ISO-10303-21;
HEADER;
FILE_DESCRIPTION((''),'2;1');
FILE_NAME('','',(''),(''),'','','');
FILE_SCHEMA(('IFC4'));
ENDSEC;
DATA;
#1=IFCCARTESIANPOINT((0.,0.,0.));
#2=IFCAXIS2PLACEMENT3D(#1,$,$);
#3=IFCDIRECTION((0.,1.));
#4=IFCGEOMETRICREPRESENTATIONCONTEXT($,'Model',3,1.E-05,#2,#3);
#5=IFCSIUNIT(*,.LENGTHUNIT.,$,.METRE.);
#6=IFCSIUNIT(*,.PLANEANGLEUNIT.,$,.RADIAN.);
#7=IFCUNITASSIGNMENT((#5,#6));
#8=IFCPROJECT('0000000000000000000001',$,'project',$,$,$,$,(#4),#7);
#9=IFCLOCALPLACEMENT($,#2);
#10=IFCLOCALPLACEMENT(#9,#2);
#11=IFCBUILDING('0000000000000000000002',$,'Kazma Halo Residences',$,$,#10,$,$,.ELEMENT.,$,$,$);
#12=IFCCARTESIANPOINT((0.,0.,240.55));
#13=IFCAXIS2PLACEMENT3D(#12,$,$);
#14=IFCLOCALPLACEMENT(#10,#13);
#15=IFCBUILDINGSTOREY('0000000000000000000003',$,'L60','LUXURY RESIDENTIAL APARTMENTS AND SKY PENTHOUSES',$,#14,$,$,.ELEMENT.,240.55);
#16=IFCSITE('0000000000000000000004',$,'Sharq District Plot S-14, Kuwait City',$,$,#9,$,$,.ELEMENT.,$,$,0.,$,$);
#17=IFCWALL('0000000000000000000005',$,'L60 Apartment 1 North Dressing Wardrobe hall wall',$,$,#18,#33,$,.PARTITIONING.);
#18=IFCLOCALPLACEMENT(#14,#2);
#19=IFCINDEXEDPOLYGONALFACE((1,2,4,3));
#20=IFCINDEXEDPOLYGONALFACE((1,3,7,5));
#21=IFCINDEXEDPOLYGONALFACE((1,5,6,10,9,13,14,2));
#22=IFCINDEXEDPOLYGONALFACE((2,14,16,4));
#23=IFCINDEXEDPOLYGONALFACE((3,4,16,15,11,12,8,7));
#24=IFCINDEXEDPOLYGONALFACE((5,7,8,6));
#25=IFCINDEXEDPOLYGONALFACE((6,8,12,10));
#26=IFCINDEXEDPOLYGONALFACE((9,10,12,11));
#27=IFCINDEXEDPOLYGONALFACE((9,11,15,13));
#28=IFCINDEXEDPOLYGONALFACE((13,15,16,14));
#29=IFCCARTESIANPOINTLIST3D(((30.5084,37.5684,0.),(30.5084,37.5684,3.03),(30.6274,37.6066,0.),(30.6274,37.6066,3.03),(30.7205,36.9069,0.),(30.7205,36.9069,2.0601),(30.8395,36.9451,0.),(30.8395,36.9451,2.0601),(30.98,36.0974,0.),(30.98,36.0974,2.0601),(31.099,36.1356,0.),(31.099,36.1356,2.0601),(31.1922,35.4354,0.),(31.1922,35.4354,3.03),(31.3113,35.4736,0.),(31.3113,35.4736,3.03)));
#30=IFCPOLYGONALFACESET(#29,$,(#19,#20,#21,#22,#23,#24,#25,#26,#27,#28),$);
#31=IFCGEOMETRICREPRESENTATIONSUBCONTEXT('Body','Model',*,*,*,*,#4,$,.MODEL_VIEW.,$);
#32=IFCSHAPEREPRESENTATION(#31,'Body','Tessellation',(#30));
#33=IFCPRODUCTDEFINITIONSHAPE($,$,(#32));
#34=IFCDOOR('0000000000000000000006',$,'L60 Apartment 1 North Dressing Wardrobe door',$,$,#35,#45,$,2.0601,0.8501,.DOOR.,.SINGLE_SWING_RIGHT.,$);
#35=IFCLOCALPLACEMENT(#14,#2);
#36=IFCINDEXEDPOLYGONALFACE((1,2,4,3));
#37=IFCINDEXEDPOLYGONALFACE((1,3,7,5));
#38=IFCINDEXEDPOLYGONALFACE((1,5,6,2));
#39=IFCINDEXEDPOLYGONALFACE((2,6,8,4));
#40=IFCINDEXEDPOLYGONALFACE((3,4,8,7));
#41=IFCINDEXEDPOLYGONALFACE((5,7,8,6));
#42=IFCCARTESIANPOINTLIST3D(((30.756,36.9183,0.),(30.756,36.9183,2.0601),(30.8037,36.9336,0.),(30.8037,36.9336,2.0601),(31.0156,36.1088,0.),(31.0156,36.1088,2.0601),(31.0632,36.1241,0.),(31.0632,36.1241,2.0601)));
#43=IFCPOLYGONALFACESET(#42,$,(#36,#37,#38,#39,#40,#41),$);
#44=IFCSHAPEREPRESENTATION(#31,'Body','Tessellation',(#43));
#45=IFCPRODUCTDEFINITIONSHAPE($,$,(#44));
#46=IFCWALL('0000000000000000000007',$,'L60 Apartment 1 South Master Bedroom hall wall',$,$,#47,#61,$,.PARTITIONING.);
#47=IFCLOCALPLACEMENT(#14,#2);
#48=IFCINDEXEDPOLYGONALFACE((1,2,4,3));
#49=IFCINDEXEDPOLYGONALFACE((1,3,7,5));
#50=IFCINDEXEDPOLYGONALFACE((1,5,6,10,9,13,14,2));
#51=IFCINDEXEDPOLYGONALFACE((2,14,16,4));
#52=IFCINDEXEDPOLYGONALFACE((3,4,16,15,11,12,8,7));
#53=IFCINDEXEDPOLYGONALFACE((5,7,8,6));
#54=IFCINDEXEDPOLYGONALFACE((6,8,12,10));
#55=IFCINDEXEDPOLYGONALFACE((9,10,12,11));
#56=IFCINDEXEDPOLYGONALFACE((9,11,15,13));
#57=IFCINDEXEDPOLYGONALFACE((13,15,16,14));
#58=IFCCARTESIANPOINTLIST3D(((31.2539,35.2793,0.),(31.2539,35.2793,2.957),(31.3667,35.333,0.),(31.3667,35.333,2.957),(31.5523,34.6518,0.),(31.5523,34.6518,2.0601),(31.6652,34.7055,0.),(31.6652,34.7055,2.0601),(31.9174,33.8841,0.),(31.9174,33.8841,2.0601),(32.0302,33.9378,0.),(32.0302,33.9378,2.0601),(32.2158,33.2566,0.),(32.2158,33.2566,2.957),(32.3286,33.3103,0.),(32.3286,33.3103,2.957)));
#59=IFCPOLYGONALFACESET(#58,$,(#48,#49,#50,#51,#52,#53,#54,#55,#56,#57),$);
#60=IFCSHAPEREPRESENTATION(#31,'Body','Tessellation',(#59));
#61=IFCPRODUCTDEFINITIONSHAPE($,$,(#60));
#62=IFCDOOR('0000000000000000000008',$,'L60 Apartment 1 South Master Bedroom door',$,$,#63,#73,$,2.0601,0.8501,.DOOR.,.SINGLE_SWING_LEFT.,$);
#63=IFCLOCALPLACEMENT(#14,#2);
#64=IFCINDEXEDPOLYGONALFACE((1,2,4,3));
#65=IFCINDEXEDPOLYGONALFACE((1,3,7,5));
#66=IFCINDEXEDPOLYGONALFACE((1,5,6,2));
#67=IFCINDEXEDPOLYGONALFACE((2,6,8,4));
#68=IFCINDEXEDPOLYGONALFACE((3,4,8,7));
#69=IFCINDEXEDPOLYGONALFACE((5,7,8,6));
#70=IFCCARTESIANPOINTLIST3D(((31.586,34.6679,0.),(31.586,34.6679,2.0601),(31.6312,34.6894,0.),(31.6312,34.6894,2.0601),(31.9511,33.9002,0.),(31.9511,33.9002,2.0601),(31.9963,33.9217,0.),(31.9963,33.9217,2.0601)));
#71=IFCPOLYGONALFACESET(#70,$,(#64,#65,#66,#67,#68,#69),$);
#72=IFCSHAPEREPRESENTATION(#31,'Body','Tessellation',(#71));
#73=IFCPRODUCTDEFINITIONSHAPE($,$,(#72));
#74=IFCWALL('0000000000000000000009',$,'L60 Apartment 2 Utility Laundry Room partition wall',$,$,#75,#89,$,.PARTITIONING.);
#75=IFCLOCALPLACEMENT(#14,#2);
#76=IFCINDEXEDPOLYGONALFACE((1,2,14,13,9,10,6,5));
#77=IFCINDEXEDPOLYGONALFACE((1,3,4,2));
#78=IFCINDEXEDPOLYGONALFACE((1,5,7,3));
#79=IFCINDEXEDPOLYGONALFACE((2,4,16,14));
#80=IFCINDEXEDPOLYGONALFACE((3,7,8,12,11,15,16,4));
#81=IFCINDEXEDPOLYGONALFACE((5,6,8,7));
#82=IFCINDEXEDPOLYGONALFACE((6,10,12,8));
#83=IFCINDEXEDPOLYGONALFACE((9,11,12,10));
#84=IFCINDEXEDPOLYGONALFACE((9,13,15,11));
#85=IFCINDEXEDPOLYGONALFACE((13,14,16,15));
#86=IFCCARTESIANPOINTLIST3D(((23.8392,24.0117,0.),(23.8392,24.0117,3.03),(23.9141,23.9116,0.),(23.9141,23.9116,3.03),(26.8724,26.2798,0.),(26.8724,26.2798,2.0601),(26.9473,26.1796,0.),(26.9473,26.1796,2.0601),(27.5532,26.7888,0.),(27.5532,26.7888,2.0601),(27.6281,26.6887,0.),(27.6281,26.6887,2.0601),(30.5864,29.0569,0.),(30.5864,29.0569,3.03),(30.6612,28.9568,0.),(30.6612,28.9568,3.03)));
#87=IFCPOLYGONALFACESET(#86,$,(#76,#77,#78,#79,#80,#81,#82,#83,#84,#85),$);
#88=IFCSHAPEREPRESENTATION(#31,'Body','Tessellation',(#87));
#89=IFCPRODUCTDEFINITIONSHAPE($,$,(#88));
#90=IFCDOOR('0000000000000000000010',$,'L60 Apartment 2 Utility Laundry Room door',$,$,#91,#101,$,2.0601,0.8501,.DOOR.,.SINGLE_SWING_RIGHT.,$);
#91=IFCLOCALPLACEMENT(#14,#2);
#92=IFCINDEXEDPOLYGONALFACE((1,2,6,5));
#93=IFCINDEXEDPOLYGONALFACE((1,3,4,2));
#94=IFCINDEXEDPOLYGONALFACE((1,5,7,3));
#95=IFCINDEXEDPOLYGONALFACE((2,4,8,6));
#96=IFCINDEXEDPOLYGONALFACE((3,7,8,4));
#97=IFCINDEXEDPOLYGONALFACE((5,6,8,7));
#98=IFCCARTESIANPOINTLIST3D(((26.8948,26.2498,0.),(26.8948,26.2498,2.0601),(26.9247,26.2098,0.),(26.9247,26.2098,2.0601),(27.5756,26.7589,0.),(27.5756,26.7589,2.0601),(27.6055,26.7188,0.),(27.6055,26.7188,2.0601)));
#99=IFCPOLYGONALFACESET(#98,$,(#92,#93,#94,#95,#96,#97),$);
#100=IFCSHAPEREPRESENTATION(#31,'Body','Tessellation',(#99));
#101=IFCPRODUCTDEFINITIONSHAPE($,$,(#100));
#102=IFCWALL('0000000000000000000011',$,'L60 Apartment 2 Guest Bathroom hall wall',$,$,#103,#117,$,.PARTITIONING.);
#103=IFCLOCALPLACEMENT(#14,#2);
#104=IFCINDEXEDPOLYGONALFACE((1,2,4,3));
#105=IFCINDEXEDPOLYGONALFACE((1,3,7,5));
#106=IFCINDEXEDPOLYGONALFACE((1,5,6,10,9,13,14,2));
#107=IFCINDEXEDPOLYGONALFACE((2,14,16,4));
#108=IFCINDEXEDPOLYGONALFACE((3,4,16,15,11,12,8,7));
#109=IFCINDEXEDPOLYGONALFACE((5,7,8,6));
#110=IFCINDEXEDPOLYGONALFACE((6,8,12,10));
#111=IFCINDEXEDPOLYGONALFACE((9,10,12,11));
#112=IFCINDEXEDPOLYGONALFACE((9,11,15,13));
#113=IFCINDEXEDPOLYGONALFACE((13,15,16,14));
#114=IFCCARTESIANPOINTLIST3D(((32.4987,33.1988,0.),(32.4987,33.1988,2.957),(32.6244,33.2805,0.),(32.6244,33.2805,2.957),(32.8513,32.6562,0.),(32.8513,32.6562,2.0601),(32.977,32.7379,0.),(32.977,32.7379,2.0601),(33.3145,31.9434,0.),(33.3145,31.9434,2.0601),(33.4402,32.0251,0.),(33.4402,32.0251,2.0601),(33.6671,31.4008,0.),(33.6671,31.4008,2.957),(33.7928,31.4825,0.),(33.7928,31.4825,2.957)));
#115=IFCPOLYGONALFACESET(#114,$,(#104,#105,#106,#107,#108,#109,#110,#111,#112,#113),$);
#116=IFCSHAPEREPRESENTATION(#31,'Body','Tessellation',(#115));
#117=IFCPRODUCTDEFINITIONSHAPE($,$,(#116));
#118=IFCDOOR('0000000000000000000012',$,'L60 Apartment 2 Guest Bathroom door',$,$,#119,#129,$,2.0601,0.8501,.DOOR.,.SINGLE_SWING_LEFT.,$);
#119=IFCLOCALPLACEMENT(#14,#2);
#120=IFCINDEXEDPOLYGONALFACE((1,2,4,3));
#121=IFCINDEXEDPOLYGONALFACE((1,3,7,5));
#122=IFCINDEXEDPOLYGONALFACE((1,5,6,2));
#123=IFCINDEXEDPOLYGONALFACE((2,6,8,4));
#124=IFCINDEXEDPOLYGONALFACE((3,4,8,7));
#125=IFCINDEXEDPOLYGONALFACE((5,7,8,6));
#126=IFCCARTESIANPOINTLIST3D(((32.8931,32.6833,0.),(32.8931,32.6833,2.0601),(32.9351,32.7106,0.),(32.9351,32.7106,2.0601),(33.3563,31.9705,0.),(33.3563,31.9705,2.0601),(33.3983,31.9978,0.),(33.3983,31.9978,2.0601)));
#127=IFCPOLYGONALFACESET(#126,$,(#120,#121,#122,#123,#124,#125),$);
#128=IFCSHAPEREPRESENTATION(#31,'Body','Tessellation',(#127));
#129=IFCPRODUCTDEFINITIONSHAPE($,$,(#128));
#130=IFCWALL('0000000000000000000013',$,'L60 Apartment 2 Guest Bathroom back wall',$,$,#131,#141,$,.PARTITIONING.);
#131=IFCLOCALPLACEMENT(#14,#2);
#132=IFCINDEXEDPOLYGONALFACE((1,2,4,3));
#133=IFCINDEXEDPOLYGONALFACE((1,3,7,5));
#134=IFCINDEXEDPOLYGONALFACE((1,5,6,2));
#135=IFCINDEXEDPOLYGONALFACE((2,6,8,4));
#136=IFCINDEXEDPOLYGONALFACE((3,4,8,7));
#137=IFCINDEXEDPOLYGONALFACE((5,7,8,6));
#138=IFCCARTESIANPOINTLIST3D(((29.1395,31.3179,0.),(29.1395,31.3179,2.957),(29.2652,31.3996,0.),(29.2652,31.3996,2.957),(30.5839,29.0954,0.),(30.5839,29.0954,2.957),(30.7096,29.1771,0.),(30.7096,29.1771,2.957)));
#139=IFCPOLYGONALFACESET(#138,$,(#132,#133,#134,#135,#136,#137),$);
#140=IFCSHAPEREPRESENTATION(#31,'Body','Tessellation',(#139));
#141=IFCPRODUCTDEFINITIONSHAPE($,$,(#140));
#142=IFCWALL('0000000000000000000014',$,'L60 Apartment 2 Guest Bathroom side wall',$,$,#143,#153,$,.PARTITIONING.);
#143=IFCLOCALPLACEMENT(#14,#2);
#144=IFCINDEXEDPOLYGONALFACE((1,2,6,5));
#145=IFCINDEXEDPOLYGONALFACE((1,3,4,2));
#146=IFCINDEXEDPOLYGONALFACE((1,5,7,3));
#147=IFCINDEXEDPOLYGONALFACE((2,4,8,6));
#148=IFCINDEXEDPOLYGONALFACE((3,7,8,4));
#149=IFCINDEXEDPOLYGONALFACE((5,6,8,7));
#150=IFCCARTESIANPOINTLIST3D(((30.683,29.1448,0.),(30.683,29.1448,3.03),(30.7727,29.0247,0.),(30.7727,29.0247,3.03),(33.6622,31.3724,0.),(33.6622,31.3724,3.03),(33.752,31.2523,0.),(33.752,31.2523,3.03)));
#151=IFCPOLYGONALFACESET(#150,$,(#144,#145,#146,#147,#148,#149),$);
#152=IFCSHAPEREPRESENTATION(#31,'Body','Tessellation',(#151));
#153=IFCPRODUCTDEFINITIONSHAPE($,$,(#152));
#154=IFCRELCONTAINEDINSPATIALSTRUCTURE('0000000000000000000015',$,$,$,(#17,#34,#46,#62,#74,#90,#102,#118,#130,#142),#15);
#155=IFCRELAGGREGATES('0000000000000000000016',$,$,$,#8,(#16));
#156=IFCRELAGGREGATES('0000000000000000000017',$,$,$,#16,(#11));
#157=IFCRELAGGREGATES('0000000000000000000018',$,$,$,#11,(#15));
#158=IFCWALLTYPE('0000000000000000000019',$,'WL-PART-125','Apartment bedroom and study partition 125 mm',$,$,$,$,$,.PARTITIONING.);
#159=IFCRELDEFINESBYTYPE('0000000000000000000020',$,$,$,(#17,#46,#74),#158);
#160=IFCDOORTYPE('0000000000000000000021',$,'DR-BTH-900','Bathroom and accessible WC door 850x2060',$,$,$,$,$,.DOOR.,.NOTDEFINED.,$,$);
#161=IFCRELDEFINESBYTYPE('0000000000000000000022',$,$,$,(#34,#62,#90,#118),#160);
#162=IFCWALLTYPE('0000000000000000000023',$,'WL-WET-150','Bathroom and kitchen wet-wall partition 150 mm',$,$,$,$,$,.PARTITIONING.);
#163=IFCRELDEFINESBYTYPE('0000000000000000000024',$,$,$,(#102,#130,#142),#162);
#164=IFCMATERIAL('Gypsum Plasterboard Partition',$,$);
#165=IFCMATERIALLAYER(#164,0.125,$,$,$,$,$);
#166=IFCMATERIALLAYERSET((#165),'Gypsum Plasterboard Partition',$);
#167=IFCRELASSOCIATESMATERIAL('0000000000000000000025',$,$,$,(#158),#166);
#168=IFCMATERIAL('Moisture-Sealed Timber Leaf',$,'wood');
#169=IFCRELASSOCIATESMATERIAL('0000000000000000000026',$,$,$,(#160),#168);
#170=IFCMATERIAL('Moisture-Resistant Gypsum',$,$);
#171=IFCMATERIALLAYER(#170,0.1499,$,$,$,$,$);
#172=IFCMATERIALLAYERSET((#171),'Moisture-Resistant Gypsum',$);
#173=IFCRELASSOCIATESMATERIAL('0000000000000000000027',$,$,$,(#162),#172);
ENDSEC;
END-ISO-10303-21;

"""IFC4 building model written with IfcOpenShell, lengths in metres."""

from ifc_helpers import new_model, si_unit, direction, frame, frame_2d, origin, place, context, subcontext, project, spatial, rectangle, extrude, material, layer, layer_set, type_object, element, fill, save


model = new_model("IFC4")

# Units and contexts
model_context = context("Model", 3, precision=1e-05, world=origin(), true_north=direction((0.0, 1.0)))
body_context = subcontext(model_context, "Body", "Model", "MODEL_VIEW")
ifc_project = project(units=[si_unit("LENGTHUNIT", "METRE"), si_unit("PLANEANGLEUNIT", "RADIAN")], contexts=[model_context])

# Site, building, storey
site_placement = place(None, origin())
site = spatial("IfcSite", under=ifc_project, at=site_placement, Name="Sharq District Plot S-14, Kuwait City", CompositionType="ELEMENT", RefElevation=0.0)
building_placement = place(site_placement, origin())
building = spatial("IfcBuilding", under=site, at=building_placement, Name="Kazma Halo Residences", CompositionType="ELEMENT")
storey_placement = place(building_placement, frame((0.0, 0.0, 240.55)))
storey = spatial("IfcBuildingStorey", under=building, at=storey_placement, Name="L60", Description="LUXURY RESIDENTIAL APARTMENTS AND SKY PENTHOUSES", CompositionType="ELEMENT", Elevation=240.55)

# Shared definitions
ifc_material_1 = material(Name="Gypsum Plasterboard Partition")
ifc_layer_1 = layer(ifc_material_1, 0.125)
ifc_layer_set_1 = layer_set([ifc_layer_1], Name="Gypsum Plasterboard Partition")
wall_type_1 = type_object("IfcWallType", Name="WL-PART-125", Description="Apartment bedroom and study partition 125 mm", PredefinedType="PARTITIONING", material=ifc_layer_set_1)

# Walls, openings, doors
ifc_material_2 = material(Name="Moisture-Sealed Timber Leaf", Category="wood")
door_type = type_object("IfcDoorType", Name="DR-BTH-900", Description="Bathroom and accessible WC door 850x2060", OperationType="NOTDEFINED", PredefinedType="DOOR", material=ifc_material_2)
wall_1_placement = place(storey_placement, frame((30.5679, 37.5876, 0.0), z_axis=(0.0, 0.0, 1.0), x_axis=(0.305286, -0.952261, 0.0)))
wall_1 = element("IfcWall", 1, at=wall_1_placement, inside=storey, type_object=wall_type_1, Name="L60 Apartment 1 North Dressing Wardrobe hall wall", PredefinedType="PARTITIONING", context=body_context, shape_type="SweptSolid", body=[
    extrude(rectangle(XDim=2.24, YDim=0.125, at=frame_2d((1.1201, 0.0))), origin(), (0.0, 0.0, 1.0), 3.03),
])
opening_1_placement = place(wall_1_placement, frame((0.6948, 0.0, 0.0)))
opening_1 = element("IfcOpeningElement", 2, at=opening_1_placement, cuts=wall_1, PredefinedType="OPENING", context=body_context, shape_type="SweptSolid", body=[
    extrude(rectangle(XDim=0.8501, YDim=2.0601, at=frame_2d((0.425, 1.03))), frame((0.0, 0.0725, 0.0), z_axis=(0.0, -1.0, 0.0), x_axis=(1.0, 0.0, 0.0)), (0.0, 0.0, 1.0), 0.145),
])
door_1_placement = place(opening_1_placement, origin())
door_1 = element("IfcDoor", 3, at=door_1_placement, inside=storey, type_object=door_type, Name="L60 Apartment 1 North Dressing Wardrobe door", OperationType="SINGLE_SWING_RIGHT", OverallHeight=2.0601, OverallWidth=0.8501, PredefinedType="DOOR", context=body_context, shape_type="SweptSolid", body=[
    extrude(rectangle(XDim=0.8501, YDim=2.0601, at=frame_2d((0.425, 1.03))), frame((0.0, 0.0249, 0.0), z_axis=(0.0, -1.0, 0.0), x_axis=(1.0, 0.0, 0.0)), (0.0, 0.0, 1.0), 0.05),
])
fill(opening_1, door_1)
wall_2_placement = place(storey_placement, frame((31.3103, 35.3062, 0.0), z_axis=(0.0, 0.0, 1.0), x_axis=(0.429468, -0.903082, 0.0)))
wall_2 = element("IfcWall", 4, at=wall_2_placement, inside=storey, type_object=wall_type_1, Name="L60 Apartment 1 South Master Bedroom hall wall", PredefinedType="PARTITIONING", context=body_context, shape_type="SweptSolid", body=[
    extrude(rectangle(XDim=2.2397, YDim=0.125, at=frame_2d((1.1199, 0.0))), origin(), (0.0, 0.0, 1.0), 2.957),
])
opening_2_placement = place(wall_2_placement, frame((0.6948, 0.0, 0.0)))
opening_2 = element("IfcOpeningElement", 5, at=opening_2_placement, cuts=wall_2, PredefinedType="OPENING", context=body_context, shape_type="SweptSolid", body=[
    extrude(rectangle(XDim=0.8501, YDim=2.0601, at=frame_2d((0.425, 1.03))), frame((0.0, 0.0725, 0.0), z_axis=(0.0, -1.0, 0.0), x_axis=(1.0, 0.0, 0.0)), (0.0, 0.0, 1.0), 0.145),
])
door_2_placement = place(opening_2_placement, origin())
door_2 = element("IfcDoor", 6, at=door_2_placement, inside=storey, type_object=door_type, Name="L60 Apartment 1 South Master Bedroom door", OperationType="SINGLE_SWING_LEFT", OverallHeight=2.0601, OverallWidth=0.8501, PredefinedType="DOOR", context=body_context, shape_type="SweptSolid", body=[
    extrude(rectangle(XDim=0.8501, YDim=2.0601, at=frame_2d((0.425, 1.03))), frame((0.0, 0.0249, 0.0), z_axis=(0.0, -1.0, 0.0), x_axis=(1.0, 0.0, 0.0)), (0.0, 0.0, 1.0), 0.05),
])
fill(opening_2, door_2)
wall_3_placement = place(storey_placement, frame((30.6238, 29.0068, 0.0), z_axis=(0.0, 0.0, 1.0), x_axis=(-0.800862, -0.598849, 0.0)))
wall_3 = element("IfcWall", 7, at=wall_3_placement, inside=storey, type_object=wall_type_1, Name="L60 Apartment 2 Utility Laundry Room partition wall", PredefinedType="PARTITIONING", context=body_context, shape_type="SweptSolid", body=[
    extrude(rectangle(XDim=8.4248, YDim=0.125, at=frame_2d((4.2124, 0.0))), origin(), (0.0, 0.0, 1.0), 3.03),
])
opening_3_placement = place(wall_3_placement, frame((3.7874, 0.0, 0.0)))
opening_3 = element("IfcOpeningElement", 8, at=opening_3_placement, cuts=wall_3, PredefinedType="OPENING", context=body_context, shape_type="SweptSolid", body=[
    extrude(rectangle(XDim=0.8501, YDim=2.0601, at=frame_2d((0.425, 1.03))), frame((0.0, 0.0725, 0.0), z_axis=(0.0, -1.0, 0.0), x_axis=(1.0, 0.0, 0.0)), (0.0, 0.0, 1.0), 0.145),
])
door_3_placement = place(opening_3_placement, origin())
door_3 = element("IfcDoor", 9, at=door_3_placement, inside=storey, type_object=door_type, Name="L60 Apartment 2 Utility Laundry Room door", OperationType="SINGLE_SWING_RIGHT", OverallHeight=2.0601, OverallWidth=0.8501, PredefinedType="DOOR", context=body_context, shape_type="SweptSolid", body=[
    extrude(rectangle(XDim=0.8501, YDim=2.0601, at=frame_2d((0.425, 1.03))), frame((0.0, 0.0249, 0.0), z_axis=(0.0, -1.0, 0.0), x_axis=(1.0, 0.0, 0.0)), (0.0, 0.0, 1.0), 0.05),
])
fill(opening_3, door_3)
ifc_material_3 = material(Name="Moisture-Resistant Gypsum")
ifc_layer_2 = layer(ifc_material_3, 0.1499)
ifc_layer_set_2 = layer_set([ifc_layer_2], Name="Moisture-Resistant Gypsum")
wall_type_2 = type_object("IfcWallType", Name="WL-WET-150", Description="Bathroom and kitchen wet-wall partition 150 mm", PredefinedType="PARTITIONING", material=ifc_layer_set_2)
wall_4_placement = place(storey_placement, frame((32.5615, 33.2397, 0.0), z_axis=(0.0, 0.0, 1.0), x_axis=(0.544888, -0.838509, 0.0)))
wall_4 = element("IfcWall", 10, at=wall_4_placement, inside=storey, type_object=wall_type_2, Name="L60 Apartment 2 Guest Bathroom hall wall", PredefinedType="PARTITIONING", context=body_context, shape_type="SweptSolid", body=[
    extrude(rectangle(XDim=2.1443, YDim=0.1499, at=frame_2d((1.0723, 0.0))), origin(), (0.0, 0.0, 1.0), 2.957),
])
opening_4_placement = place(wall_4_placement, frame((0.6472, 0.0, 0.0)))
opening_4 = element("IfcOpeningElement", 11, at=opening_4_placement, cuts=wall_4, PredefinedType="OPENING", context=body_context, shape_type="SweptSolid", body=[
    extrude(rectangle(XDim=0.8501, YDim=2.0601, at=frame_2d((0.425, 1.03))), frame((0.0, 0.085, 0.0), z_axis=(0.0, -1.0, 0.0), x_axis=(1.0, 0.0, 0.0)), (0.0, 0.0, 1.0), 0.1699),
])
door_4_placement = place(opening_4_placement, origin())
door_4 = element("IfcDoor", 12, at=door_4_placement, inside=storey, type_object=door_type, Name="L60 Apartment 2 Guest Bathroom door", OperationType="SINGLE_SWING_LEFT", OverallHeight=2.0601, OverallWidth=0.8501, PredefinedType="DOOR", context=body_context, shape_type="SweptSolid", body=[
    extrude(rectangle(XDim=0.8501, YDim=2.0601, at=frame_2d((0.425, 1.03))), frame((0.0, 0.0249, 0.0), z_axis=(0.0, -1.0, 0.0), x_axis=(1.0, 0.0, 0.0)), (0.0, 0.0, 1.0), 0.05),
])
fill(opening_4, door_4)

# Walls
wall_5_placement = place(storey_placement, frame((29.2024, 31.3586, 0.0), z_axis=(0.0, 0.0, 1.0), x_axis=(0.544927, -0.838484, 0.0)))
element("IfcWall", 13, at=wall_5_placement, inside=storey, type_object=wall_type_2, Name="L60 Apartment 2 Guest Bathroom back wall", PredefinedType="PARTITIONING", context=body_context, shape_type="SweptSolid", body=[
    extrude(rectangle(XDim=2.6506, YDim=0.1499, at=frame_2d((1.3252, 0.0))), origin(), (0.0, 0.0, 1.0), 2.957),
])
wall_6_placement = place(storey_placement, frame((33.707, 31.3123, 0.0), z_axis=(0.0, 0.0, 1.0), x_axis=(-0.800889, -0.598813, 0.0)))
element("IfcWall", 14, at=wall_6_placement, inside=storey, type_object=wall_type_2, Name="L60 Apartment 2 Guest Bathroom side wall", PredefinedType="PARTITIONING", context=body_context, shape_type="SweptSolid", body=[
    extrude(rectangle(XDim=3.72, YDim=0.1499, at=frame_2d((1.8599, 0.0))), origin(), (0.0, 0.0, 1.0), 3.03),
])

save(model, "model.ifc")
